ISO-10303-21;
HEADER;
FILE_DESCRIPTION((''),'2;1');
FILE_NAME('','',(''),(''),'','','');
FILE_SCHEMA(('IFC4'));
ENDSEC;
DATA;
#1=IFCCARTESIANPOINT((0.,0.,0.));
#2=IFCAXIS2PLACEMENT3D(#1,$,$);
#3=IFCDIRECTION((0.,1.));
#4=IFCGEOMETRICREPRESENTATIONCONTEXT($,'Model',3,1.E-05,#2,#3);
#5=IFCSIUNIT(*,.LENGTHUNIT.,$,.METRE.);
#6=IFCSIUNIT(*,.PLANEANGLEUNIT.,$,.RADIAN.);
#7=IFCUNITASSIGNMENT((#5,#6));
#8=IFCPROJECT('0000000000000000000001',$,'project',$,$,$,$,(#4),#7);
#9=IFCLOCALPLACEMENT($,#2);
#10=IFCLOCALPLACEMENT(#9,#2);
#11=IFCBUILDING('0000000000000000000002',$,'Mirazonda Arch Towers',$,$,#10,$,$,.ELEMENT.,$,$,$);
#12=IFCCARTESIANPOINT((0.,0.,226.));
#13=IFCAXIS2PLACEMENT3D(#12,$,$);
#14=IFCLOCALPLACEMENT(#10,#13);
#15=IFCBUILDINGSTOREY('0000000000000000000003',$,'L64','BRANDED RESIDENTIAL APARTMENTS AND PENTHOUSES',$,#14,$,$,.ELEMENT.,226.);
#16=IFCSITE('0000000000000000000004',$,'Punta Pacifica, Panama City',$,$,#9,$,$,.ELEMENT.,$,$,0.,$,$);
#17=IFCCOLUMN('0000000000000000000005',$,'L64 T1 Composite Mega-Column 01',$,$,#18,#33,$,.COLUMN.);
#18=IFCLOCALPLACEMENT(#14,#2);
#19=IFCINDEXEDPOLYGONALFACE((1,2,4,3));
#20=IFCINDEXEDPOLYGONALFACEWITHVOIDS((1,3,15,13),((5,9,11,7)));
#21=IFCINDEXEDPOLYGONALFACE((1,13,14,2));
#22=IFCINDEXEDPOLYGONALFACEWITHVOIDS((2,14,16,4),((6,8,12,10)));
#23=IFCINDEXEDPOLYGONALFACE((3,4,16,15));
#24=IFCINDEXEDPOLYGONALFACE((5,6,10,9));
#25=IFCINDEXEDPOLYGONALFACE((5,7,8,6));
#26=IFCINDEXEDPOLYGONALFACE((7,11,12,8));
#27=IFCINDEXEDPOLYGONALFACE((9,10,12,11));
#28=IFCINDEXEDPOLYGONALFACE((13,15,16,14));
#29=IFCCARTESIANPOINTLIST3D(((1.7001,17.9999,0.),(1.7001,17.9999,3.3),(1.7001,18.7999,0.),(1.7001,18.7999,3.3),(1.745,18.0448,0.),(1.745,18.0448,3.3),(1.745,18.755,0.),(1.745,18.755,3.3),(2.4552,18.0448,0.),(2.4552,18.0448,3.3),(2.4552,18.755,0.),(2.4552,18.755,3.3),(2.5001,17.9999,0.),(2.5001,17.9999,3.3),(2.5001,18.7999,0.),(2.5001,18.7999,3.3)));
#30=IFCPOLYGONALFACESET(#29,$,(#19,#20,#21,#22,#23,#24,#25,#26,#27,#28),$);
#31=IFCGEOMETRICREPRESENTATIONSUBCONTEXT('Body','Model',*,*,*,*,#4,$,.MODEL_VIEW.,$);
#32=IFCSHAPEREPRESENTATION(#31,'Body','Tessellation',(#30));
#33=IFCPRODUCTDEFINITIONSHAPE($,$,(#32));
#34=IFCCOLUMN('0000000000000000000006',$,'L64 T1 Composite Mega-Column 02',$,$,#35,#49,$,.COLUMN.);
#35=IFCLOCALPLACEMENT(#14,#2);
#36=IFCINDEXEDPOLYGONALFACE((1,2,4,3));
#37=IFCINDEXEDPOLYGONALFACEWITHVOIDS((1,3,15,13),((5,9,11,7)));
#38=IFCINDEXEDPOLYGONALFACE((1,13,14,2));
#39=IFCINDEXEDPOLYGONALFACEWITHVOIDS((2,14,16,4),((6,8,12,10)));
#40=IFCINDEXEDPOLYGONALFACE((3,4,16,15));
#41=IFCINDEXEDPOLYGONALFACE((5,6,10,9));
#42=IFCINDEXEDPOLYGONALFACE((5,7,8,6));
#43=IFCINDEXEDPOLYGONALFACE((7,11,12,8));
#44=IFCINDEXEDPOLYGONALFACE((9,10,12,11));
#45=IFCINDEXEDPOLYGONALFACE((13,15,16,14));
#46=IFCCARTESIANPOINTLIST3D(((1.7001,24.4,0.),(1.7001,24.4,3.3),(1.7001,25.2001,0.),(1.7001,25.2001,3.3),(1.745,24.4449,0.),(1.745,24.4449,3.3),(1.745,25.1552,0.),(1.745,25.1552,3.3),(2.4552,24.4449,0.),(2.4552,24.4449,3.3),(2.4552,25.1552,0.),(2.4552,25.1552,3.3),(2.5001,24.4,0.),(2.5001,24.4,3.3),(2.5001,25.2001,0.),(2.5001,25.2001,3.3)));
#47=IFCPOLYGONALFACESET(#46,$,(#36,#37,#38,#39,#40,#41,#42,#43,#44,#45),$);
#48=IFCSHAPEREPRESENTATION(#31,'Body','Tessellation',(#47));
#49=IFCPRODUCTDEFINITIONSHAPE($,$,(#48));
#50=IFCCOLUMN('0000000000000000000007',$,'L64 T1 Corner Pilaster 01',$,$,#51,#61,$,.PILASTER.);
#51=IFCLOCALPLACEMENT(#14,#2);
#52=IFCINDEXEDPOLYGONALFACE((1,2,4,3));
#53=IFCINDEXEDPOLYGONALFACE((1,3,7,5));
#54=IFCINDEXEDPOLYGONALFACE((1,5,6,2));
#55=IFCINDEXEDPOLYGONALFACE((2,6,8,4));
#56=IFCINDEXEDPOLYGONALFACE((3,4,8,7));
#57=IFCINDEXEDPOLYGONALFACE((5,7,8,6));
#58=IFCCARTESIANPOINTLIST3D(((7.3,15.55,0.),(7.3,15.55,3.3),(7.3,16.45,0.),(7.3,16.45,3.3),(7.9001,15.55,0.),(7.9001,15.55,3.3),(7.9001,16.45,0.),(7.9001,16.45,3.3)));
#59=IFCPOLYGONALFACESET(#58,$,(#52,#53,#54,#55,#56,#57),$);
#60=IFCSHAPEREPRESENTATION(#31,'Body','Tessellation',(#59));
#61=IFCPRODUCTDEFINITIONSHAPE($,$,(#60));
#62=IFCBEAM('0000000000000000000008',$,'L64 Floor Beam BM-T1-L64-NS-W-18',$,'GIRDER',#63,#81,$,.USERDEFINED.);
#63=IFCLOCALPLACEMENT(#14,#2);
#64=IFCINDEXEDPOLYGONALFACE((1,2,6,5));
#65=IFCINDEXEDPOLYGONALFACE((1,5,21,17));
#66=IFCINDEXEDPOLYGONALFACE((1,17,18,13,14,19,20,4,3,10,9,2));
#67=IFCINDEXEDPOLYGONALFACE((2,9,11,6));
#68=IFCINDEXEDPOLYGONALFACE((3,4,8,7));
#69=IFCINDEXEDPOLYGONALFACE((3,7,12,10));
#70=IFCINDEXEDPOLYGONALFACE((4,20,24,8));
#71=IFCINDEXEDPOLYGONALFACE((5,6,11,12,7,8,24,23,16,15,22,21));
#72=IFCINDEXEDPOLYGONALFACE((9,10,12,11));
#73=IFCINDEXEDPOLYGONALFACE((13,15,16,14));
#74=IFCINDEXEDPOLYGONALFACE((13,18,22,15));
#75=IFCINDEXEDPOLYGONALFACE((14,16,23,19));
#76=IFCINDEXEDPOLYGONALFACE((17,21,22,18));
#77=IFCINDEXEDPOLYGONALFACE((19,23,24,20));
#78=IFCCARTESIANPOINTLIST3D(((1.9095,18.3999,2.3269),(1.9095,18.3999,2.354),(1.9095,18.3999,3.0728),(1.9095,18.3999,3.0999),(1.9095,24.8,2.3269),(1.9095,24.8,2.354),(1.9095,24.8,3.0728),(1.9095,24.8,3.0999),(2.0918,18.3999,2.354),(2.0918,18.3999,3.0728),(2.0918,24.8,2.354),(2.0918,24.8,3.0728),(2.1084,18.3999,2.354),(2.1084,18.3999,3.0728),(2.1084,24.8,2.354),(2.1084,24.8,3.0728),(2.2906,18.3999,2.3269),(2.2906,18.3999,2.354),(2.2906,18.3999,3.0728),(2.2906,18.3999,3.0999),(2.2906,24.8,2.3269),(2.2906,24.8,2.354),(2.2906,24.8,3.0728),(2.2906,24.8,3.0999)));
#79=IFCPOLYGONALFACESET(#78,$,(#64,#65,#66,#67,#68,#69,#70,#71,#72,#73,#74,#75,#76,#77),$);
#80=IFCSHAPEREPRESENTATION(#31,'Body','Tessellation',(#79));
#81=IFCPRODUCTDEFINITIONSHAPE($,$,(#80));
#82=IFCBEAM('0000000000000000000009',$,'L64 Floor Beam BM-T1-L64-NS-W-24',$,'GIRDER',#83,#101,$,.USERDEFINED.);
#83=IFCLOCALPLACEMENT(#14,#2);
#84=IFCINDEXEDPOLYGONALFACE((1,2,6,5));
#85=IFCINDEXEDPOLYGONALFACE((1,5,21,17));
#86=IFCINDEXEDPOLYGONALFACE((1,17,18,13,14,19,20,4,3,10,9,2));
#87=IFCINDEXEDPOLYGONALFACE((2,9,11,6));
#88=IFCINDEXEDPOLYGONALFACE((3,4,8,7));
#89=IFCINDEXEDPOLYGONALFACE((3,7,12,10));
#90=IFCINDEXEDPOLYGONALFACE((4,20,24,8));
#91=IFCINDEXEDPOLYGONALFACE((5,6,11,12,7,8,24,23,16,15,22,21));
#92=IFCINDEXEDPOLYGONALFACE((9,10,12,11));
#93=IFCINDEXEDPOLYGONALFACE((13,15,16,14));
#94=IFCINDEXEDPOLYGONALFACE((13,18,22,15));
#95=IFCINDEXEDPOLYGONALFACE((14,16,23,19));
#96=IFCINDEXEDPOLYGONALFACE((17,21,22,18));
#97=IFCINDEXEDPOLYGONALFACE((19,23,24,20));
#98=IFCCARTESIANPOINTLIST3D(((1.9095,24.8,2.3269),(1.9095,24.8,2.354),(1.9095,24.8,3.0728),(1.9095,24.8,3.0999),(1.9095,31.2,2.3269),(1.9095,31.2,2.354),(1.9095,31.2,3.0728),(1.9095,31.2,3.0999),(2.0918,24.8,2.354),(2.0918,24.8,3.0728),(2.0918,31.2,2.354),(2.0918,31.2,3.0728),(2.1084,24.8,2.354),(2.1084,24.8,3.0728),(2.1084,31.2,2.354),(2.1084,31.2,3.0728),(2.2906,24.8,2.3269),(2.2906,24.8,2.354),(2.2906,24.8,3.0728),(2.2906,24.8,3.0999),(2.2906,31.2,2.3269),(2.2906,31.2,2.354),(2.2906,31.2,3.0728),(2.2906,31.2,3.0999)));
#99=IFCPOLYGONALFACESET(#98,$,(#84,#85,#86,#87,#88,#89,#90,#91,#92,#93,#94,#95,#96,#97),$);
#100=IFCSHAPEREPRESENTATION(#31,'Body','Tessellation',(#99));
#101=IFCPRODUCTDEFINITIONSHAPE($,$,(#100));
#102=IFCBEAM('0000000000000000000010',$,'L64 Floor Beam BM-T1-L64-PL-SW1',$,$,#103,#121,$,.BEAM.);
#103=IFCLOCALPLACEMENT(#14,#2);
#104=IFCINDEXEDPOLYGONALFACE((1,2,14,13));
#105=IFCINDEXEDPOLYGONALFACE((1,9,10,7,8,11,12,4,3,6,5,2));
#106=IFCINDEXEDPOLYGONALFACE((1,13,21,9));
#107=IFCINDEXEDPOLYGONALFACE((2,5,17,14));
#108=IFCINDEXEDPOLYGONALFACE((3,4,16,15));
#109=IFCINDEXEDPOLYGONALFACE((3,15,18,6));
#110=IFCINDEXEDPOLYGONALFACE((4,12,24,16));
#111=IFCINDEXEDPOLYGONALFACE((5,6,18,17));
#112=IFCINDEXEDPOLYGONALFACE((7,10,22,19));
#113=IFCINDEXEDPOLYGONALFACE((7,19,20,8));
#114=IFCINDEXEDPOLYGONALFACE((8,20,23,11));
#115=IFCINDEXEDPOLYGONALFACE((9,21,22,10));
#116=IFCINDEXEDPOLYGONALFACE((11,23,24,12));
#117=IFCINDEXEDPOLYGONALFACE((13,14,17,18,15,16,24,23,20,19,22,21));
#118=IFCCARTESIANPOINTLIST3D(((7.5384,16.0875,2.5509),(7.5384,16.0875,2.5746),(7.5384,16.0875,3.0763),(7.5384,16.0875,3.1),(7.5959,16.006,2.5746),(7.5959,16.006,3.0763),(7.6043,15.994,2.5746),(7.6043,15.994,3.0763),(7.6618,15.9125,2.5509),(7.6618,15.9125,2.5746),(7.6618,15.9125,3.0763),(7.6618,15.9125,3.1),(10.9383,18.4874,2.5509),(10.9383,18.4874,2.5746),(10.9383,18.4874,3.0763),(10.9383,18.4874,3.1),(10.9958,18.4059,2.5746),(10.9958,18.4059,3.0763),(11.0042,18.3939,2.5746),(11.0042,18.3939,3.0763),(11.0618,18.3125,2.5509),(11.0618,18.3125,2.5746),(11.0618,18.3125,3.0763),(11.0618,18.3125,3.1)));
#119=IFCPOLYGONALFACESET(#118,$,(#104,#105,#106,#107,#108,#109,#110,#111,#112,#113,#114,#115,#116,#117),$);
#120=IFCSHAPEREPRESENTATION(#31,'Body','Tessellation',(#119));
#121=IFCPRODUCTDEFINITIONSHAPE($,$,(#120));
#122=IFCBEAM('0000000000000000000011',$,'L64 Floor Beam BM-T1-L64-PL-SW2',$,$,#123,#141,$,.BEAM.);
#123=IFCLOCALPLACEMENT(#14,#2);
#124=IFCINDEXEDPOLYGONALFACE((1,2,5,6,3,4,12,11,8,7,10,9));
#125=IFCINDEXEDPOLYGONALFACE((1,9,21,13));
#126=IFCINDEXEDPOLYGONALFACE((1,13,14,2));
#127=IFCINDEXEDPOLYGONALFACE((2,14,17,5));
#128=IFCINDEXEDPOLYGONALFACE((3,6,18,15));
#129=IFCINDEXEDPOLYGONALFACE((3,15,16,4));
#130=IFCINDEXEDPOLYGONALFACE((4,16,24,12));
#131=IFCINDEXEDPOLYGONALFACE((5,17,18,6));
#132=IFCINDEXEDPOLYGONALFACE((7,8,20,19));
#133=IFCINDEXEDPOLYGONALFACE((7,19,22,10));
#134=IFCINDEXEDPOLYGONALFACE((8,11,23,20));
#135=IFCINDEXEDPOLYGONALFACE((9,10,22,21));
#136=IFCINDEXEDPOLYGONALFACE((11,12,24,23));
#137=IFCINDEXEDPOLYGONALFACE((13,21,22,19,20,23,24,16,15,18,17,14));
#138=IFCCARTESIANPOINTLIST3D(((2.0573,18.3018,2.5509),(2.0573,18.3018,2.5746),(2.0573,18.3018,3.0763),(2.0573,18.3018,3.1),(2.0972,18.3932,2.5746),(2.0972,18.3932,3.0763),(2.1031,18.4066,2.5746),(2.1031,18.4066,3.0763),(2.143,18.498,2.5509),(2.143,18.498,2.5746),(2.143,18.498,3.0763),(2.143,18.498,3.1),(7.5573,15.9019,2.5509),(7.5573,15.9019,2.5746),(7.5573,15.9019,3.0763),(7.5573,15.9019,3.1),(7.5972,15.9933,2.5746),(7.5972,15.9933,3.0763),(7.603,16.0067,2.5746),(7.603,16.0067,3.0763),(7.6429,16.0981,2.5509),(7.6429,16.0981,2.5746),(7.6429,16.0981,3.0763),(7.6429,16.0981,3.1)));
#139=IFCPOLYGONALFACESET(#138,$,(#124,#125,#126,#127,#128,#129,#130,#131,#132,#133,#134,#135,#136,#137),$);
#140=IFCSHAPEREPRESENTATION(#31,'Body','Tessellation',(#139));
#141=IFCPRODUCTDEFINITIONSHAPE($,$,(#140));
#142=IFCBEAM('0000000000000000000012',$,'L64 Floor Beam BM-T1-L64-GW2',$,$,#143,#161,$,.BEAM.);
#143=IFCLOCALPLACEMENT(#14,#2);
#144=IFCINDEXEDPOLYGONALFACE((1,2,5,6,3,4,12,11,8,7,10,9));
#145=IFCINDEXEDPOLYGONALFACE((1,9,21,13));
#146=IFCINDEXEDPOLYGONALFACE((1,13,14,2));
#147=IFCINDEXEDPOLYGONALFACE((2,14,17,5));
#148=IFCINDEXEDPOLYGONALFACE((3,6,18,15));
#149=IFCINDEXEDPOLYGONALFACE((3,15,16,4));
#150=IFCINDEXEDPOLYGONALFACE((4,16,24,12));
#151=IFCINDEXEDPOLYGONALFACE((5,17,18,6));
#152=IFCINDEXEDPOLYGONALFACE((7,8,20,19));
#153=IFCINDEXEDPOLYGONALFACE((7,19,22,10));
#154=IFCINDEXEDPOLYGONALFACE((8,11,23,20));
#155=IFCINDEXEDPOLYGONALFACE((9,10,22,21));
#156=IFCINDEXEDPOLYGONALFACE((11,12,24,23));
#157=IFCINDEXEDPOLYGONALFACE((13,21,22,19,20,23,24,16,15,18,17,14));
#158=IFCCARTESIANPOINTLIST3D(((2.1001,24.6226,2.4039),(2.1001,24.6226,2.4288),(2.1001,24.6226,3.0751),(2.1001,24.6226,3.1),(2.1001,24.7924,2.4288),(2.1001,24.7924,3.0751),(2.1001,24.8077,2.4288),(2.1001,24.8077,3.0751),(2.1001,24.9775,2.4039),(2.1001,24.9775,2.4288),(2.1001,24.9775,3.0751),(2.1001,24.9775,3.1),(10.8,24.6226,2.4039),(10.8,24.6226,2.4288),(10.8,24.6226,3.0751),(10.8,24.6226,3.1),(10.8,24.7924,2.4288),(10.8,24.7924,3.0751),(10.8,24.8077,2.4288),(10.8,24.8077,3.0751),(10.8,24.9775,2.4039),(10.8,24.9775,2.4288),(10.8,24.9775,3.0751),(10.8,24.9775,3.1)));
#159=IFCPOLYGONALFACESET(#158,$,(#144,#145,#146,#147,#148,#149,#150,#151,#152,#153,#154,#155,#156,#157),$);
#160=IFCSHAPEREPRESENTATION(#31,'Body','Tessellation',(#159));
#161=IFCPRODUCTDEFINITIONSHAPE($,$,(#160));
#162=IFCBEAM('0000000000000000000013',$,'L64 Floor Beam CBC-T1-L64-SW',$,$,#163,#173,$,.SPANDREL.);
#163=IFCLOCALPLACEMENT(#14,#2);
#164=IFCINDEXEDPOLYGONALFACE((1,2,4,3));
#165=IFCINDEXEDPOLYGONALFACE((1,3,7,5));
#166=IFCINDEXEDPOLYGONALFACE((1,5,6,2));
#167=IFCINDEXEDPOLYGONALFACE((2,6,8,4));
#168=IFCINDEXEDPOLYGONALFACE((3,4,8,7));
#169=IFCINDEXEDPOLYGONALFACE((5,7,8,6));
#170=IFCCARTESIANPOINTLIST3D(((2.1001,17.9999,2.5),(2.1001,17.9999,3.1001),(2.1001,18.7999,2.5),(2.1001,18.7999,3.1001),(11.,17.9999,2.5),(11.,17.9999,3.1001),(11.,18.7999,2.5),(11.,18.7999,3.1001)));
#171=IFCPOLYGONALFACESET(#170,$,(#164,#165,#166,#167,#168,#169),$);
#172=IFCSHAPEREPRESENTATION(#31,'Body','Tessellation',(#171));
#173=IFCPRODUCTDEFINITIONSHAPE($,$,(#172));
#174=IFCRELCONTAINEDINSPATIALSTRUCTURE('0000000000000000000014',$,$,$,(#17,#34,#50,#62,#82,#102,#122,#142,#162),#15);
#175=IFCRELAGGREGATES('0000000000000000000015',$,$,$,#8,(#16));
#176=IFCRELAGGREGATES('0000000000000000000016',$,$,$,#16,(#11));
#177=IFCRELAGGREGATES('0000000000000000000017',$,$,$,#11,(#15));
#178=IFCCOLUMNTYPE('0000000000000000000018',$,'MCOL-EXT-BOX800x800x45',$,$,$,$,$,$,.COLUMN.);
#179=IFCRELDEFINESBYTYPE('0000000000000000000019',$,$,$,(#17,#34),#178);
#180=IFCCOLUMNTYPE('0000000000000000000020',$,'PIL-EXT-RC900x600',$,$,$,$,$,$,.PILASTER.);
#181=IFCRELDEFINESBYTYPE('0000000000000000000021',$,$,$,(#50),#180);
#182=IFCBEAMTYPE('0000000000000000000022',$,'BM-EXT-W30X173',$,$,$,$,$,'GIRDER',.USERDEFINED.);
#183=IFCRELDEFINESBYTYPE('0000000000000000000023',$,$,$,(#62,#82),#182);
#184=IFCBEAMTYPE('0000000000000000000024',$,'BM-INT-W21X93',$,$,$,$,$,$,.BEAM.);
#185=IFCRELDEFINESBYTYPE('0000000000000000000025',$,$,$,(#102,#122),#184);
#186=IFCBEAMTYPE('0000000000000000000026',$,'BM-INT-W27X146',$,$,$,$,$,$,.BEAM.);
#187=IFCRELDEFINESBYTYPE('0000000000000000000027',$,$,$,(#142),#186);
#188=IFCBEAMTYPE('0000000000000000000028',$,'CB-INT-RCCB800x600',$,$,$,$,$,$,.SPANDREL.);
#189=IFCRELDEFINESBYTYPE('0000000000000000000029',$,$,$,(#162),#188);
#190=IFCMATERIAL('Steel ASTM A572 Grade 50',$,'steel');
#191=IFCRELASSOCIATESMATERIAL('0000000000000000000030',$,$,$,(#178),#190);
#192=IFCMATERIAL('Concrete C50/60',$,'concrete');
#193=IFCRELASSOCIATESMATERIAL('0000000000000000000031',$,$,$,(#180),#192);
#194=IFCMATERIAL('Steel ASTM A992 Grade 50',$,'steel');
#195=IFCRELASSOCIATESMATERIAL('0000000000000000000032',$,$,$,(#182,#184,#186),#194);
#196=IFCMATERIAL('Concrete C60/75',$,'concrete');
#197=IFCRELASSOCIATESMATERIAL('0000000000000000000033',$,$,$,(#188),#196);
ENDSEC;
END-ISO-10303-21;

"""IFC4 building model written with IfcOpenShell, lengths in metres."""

from ifc_helpers import new_model, si_unit, direction, frame, origin, origin_2d, place, context, subcontext, project, spatial, rectangle, hollow_rectangle, i_section, extrude, material, material_profile, profile_set, type_object, element, save


model = new_model("IFC4")

# Units and contexts
model_context = context("Model", 3, precision=1e-05, world=origin(), true_north=direction((0.0, 1.0)))
body_context = subcontext(model_context, "Body", "Model", "MODEL_VIEW")
ifc_project = project(units=[si_unit("LENGTHUNIT", "METRE"), si_unit("PLANEANGLEUNIT", "RADIAN")], contexts=[model_context])

# Site, building, storey
site_placement = place(None, origin())
site = spatial("IfcSite", under=ifc_project, at=site_placement, Name="Punta Pacifica, Panama City", CompositionType="ELEMENT", RefElevation=0.0)
building_placement = place(site_placement, origin())
building = spatial("IfcBuilding", under=site, at=building_placement, Name="Mirazonda Arch Towers", CompositionType="ELEMENT")
storey_placement = place(building_placement, frame((0.0, 0.0, 226.0)))
storey = spatial("IfcBuildingStorey", under=building, at=storey_placement, Name="L64", Description="BRANDED RESIDENTIAL APARTMENTS AND PENTHOUSES", CompositionType="ELEMENT", Elevation=226.0)

# Columns
ifc_material_1 = material(Name="Steel ASTM A572 Grade 50", Category="steel")
ifc_material_profile_1 = material_profile(ifc_material_1, hollow_rectangle(XDim=0.8, YDim=0.8, WallThickness=0.0449, at=origin_2d()), Name="BOX800x800x45")
ifc_profile_set_1 = profile_set([ifc_material_profile_1], Name="Steel ASTM A572 Grade 50")
column_type_1 = type_object("IfcColumnType", Name="MCOL-EXT-BOX800x800x45", PredefinedType="COLUMN", material=ifc_profile_set_1)
for number, where, z_axis, x_axis, name in (
    (1, (2.1001, 18.3999, 0.0), (0.0, 0.0, 1.0), (1.0, 0.0, 0.0), "L64 T1 Composite Mega-Column 01"),
    (2, (2.1001, 24.8, 0.0), (0.0, 0.0, 1.0), (1.0, 0.0, 0.0), "L64 T1 Composite Mega-Column 02"),
):
    element("IfcColumn", number, at=place(storey_placement, frame(where, z_axis=z_axis, x_axis=x_axis)), inside=storey, type_object=column_type_1, Name=name, PredefinedType="COLUMN", context=body_context, shape_type="SweptSolid", body=[
        extrude(hollow_rectangle(XDim=0.8, YDim=0.8, WallThickness=0.0449, at=origin_2d()), origin(), (0.0, 0.0, 1.0), 3.3),
    ])
ifc_material_2 = material(Name="Concrete C50/60", Category="concrete")
ifc_material_profile_2 = material_profile(ifc_material_2, rectangle(XDim=0.6001, YDim=0.8999, at=origin_2d()), Name="RC900x600")
ifc_profile_set_2 = profile_set([ifc_material_profile_2], Name="Concrete C50/60")
column_type_2 = type_object("IfcColumnType", Name="PIL-EXT-RC900x600", PredefinedType="PILASTER", material=ifc_profile_set_2)
column_placement = place(storey_placement, frame((7.6001, 16.0, 0.0), z_axis=(0.0, 0.0, 1.0), x_axis=(1.0, 0.0, 0.0)))
element("IfcColumn", 3, at=column_placement, inside=storey, type_object=column_type_2, Name="L64 T1 Corner Pilaster 01", PredefinedType="PILASTER", context=body_context, shape_type="SweptSolid", body=[
    extrude(rectangle(XDim=0.6001, YDim=0.8999, at=origin_2d()), origin(), (0.0, 0.0, 1.0), 3.3),
])

# Beams
ifc_material_3 = material(Name="Steel ASTM A992 Grade 50", Category="steel")
ifc_material_profile_3 = material_profile(ifc_material_3, i_section(OverallWidth=0.3811, OverallDepth=0.7729, WebThickness=0.0166, FlangeThickness=0.0271, at=origin_2d()), Name="W30X173")
ifc_profile_set_3 = profile_set([ifc_material_profile_3], Name="Steel ASTM A992 Grade 50")
beam_type_1 = type_object("IfcBeamType", Name="BM-EXT-W30X173", ElementType="GIRDER", PredefinedType="USERDEFINED", material=ifc_profile_set_3)
beam_1_placement = place(storey_placement, frame((2.1001, 18.3999, 2.7134), z_axis=(0.0, 1.0, 0.0), x_axis=(-1.0, 0.0, 0.0)))
element("IfcBeam", 4, at=beam_1_placement, inside=storey, type_object=beam_type_1, Name="L64 Floor Beam BM-T1-L64-NS-W-18", ObjectType="GIRDER", PredefinedType="USERDEFINED", context=body_context, shape_type="SweptSolid", body=[
    extrude(i_section(OverallWidth=0.3811, OverallDepth=0.7729, WebThickness=0.0166, FlangeThickness=0.0271, at=origin_2d()), origin(), (0.0, 0.0, 1.0), 6.4001),
])
beam_2_placement = place(storey_placement, frame((2.1001, 24.8, 2.7134), z_axis=(0.0, 1.0, 0.0), x_axis=(-1.0, 0.0, 0.0)))
element("IfcBeam", 5, at=beam_2_placement, inside=storey, type_object=beam_type_1, Name="L64 Floor Beam BM-T1-L64-NS-W-24", ObjectType="GIRDER", PredefinedType="USERDEFINED", context=body_context, shape_type="SweptSolid", body=[
    extrude(i_section(OverallWidth=0.3811, OverallDepth=0.7729, WebThickness=0.0166, FlangeThickness=0.0271, at=origin_2d()), origin(), (0.0, 0.0, 1.0), 6.3999),
])
ifc_material_profile_4 = material_profile(ifc_material_3, i_section(OverallWidth=0.2141, OverallDepth=0.5491, WebThickness=0.0146, FlangeThickness=0.0237, at=origin_2d()), Name="W21X93")
ifc_profile_set_4 = profile_set([ifc_material_profile_4], Name="Steel ASTM A992 Grade 50")
beam_type_2 = type_object("IfcBeamType", Name="BM-INT-W21X93", PredefinedType="BEAM", material=ifc_profile_set_4)
beam_3_placement = place(storey_placement, frame((7.6001, 16.0, 2.8254), z_axis=(0.816971, 0.576679, 0.0), x_axis=(-0.576679, 0.816971, 0.0)))
element("IfcBeam", 6, at=beam_3_placement, inside=storey, type_object=beam_type_2, Name="L64 Floor Beam BM-T1-L64-PL-SW1", PredefinedType="BEAM", context=body_context, shape_type="SweptSolid", body=[
    extrude(i_section(OverallWidth=0.2141, OverallDepth=0.5491, WebThickness=0.0146, FlangeThickness=0.0237, at=origin_2d()), origin(), (0.0, 0.0, 1.0), 4.1616),
])
beam_4_placement = place(storey_placement, frame((7.6001, 16.0, 2.8254), z_axis=(-0.916545, 0.399931, 0.0), x_axis=(-0.399931, -0.916545, 0.0)))
element("IfcBeam", 7, at=beam_4_placement, inside=storey, type_object=beam_type_2, Name="L64 Floor Beam BM-T1-L64-PL-SW2", PredefinedType="BEAM", context=body_context, shape_type="SweptSolid", body=[
    extrude(i_section(OverallWidth=0.2141, OverallDepth=0.5491, WebThickness=0.0146, FlangeThickness=0.0237, at=origin_2d()), origin(), (0.0, 0.0, 1.0), 6.0007),
])
ifc_material_profile_5 = material_profile(ifc_material_3, i_section(OverallWidth=0.355, OverallDepth=0.696, WebThickness=0.0154, FlangeThickness=0.0249, at=origin_2d()), Name="W27X146")
ifc_profile_set_5 = profile_set([ifc_material_profile_5], Name="Steel ASTM A992 Grade 50")
beam_type_3 = type_object("IfcBeamType", Name="BM-INT-W27X146", PredefinedType="BEAM", material=ifc_profile_set_5)
beam_5_placement = place(storey_placement, frame((2.1001, 24.8, 2.752), z_axis=(1.0, 0.0, 0.0), x_axis=(0.0, 1.0, 0.0)))
element("IfcBeam", 8, at=beam_5_placement, inside=storey, type_object=beam_type_3, Name="L64 Floor Beam BM-T1-L64-GW2", PredefinedType="BEAM", context=body_context, shape_type="SweptSolid", body=[
    extrude(i_section(OverallWidth=0.355, OverallDepth=0.696, WebThickness=0.0154, FlangeThickness=0.0249, at=origin_2d()), origin(), (0.0, 0.0, 1.0), 8.7),
])
ifc_material_4 = material(Name="Concrete C60/75", Category="concrete")
ifc_material_profile_6 = material_profile(ifc_material_4, rectangle(XDim=0.8, YDim=0.6001, at=origin_2d()), Name="RCCB800x600")
ifc_profile_set_6 = profile_set([ifc_material_profile_6], Name="Concrete C60/75")
beam_type_4 = type_object("IfcBeamType", Name="CB-INT-RCCB800x600", PredefinedType="SPANDREL", material=ifc_profile_set_6)
beam_6_placement = place(storey_placement, frame((2.1001, 18.3999, 2.8), z_axis=(1.0, 0.0, 0.0), x_axis=(0.0, 1.0, 0.0)))
element("IfcBeam", 9, at=beam_6_placement, inside=storey, type_object=beam_type_4, Name="L64 Floor Beam CBC-T1-L64-SW", PredefinedType="SPANDREL", context=body_context, shape_type="SweptSolid", body=[
    extrude(rectangle(XDim=0.8, YDim=0.6001, at=origin_2d()), origin(), (0.0, 0.0, 1.0), 8.8999),
])

save(model, "model.ifc")
